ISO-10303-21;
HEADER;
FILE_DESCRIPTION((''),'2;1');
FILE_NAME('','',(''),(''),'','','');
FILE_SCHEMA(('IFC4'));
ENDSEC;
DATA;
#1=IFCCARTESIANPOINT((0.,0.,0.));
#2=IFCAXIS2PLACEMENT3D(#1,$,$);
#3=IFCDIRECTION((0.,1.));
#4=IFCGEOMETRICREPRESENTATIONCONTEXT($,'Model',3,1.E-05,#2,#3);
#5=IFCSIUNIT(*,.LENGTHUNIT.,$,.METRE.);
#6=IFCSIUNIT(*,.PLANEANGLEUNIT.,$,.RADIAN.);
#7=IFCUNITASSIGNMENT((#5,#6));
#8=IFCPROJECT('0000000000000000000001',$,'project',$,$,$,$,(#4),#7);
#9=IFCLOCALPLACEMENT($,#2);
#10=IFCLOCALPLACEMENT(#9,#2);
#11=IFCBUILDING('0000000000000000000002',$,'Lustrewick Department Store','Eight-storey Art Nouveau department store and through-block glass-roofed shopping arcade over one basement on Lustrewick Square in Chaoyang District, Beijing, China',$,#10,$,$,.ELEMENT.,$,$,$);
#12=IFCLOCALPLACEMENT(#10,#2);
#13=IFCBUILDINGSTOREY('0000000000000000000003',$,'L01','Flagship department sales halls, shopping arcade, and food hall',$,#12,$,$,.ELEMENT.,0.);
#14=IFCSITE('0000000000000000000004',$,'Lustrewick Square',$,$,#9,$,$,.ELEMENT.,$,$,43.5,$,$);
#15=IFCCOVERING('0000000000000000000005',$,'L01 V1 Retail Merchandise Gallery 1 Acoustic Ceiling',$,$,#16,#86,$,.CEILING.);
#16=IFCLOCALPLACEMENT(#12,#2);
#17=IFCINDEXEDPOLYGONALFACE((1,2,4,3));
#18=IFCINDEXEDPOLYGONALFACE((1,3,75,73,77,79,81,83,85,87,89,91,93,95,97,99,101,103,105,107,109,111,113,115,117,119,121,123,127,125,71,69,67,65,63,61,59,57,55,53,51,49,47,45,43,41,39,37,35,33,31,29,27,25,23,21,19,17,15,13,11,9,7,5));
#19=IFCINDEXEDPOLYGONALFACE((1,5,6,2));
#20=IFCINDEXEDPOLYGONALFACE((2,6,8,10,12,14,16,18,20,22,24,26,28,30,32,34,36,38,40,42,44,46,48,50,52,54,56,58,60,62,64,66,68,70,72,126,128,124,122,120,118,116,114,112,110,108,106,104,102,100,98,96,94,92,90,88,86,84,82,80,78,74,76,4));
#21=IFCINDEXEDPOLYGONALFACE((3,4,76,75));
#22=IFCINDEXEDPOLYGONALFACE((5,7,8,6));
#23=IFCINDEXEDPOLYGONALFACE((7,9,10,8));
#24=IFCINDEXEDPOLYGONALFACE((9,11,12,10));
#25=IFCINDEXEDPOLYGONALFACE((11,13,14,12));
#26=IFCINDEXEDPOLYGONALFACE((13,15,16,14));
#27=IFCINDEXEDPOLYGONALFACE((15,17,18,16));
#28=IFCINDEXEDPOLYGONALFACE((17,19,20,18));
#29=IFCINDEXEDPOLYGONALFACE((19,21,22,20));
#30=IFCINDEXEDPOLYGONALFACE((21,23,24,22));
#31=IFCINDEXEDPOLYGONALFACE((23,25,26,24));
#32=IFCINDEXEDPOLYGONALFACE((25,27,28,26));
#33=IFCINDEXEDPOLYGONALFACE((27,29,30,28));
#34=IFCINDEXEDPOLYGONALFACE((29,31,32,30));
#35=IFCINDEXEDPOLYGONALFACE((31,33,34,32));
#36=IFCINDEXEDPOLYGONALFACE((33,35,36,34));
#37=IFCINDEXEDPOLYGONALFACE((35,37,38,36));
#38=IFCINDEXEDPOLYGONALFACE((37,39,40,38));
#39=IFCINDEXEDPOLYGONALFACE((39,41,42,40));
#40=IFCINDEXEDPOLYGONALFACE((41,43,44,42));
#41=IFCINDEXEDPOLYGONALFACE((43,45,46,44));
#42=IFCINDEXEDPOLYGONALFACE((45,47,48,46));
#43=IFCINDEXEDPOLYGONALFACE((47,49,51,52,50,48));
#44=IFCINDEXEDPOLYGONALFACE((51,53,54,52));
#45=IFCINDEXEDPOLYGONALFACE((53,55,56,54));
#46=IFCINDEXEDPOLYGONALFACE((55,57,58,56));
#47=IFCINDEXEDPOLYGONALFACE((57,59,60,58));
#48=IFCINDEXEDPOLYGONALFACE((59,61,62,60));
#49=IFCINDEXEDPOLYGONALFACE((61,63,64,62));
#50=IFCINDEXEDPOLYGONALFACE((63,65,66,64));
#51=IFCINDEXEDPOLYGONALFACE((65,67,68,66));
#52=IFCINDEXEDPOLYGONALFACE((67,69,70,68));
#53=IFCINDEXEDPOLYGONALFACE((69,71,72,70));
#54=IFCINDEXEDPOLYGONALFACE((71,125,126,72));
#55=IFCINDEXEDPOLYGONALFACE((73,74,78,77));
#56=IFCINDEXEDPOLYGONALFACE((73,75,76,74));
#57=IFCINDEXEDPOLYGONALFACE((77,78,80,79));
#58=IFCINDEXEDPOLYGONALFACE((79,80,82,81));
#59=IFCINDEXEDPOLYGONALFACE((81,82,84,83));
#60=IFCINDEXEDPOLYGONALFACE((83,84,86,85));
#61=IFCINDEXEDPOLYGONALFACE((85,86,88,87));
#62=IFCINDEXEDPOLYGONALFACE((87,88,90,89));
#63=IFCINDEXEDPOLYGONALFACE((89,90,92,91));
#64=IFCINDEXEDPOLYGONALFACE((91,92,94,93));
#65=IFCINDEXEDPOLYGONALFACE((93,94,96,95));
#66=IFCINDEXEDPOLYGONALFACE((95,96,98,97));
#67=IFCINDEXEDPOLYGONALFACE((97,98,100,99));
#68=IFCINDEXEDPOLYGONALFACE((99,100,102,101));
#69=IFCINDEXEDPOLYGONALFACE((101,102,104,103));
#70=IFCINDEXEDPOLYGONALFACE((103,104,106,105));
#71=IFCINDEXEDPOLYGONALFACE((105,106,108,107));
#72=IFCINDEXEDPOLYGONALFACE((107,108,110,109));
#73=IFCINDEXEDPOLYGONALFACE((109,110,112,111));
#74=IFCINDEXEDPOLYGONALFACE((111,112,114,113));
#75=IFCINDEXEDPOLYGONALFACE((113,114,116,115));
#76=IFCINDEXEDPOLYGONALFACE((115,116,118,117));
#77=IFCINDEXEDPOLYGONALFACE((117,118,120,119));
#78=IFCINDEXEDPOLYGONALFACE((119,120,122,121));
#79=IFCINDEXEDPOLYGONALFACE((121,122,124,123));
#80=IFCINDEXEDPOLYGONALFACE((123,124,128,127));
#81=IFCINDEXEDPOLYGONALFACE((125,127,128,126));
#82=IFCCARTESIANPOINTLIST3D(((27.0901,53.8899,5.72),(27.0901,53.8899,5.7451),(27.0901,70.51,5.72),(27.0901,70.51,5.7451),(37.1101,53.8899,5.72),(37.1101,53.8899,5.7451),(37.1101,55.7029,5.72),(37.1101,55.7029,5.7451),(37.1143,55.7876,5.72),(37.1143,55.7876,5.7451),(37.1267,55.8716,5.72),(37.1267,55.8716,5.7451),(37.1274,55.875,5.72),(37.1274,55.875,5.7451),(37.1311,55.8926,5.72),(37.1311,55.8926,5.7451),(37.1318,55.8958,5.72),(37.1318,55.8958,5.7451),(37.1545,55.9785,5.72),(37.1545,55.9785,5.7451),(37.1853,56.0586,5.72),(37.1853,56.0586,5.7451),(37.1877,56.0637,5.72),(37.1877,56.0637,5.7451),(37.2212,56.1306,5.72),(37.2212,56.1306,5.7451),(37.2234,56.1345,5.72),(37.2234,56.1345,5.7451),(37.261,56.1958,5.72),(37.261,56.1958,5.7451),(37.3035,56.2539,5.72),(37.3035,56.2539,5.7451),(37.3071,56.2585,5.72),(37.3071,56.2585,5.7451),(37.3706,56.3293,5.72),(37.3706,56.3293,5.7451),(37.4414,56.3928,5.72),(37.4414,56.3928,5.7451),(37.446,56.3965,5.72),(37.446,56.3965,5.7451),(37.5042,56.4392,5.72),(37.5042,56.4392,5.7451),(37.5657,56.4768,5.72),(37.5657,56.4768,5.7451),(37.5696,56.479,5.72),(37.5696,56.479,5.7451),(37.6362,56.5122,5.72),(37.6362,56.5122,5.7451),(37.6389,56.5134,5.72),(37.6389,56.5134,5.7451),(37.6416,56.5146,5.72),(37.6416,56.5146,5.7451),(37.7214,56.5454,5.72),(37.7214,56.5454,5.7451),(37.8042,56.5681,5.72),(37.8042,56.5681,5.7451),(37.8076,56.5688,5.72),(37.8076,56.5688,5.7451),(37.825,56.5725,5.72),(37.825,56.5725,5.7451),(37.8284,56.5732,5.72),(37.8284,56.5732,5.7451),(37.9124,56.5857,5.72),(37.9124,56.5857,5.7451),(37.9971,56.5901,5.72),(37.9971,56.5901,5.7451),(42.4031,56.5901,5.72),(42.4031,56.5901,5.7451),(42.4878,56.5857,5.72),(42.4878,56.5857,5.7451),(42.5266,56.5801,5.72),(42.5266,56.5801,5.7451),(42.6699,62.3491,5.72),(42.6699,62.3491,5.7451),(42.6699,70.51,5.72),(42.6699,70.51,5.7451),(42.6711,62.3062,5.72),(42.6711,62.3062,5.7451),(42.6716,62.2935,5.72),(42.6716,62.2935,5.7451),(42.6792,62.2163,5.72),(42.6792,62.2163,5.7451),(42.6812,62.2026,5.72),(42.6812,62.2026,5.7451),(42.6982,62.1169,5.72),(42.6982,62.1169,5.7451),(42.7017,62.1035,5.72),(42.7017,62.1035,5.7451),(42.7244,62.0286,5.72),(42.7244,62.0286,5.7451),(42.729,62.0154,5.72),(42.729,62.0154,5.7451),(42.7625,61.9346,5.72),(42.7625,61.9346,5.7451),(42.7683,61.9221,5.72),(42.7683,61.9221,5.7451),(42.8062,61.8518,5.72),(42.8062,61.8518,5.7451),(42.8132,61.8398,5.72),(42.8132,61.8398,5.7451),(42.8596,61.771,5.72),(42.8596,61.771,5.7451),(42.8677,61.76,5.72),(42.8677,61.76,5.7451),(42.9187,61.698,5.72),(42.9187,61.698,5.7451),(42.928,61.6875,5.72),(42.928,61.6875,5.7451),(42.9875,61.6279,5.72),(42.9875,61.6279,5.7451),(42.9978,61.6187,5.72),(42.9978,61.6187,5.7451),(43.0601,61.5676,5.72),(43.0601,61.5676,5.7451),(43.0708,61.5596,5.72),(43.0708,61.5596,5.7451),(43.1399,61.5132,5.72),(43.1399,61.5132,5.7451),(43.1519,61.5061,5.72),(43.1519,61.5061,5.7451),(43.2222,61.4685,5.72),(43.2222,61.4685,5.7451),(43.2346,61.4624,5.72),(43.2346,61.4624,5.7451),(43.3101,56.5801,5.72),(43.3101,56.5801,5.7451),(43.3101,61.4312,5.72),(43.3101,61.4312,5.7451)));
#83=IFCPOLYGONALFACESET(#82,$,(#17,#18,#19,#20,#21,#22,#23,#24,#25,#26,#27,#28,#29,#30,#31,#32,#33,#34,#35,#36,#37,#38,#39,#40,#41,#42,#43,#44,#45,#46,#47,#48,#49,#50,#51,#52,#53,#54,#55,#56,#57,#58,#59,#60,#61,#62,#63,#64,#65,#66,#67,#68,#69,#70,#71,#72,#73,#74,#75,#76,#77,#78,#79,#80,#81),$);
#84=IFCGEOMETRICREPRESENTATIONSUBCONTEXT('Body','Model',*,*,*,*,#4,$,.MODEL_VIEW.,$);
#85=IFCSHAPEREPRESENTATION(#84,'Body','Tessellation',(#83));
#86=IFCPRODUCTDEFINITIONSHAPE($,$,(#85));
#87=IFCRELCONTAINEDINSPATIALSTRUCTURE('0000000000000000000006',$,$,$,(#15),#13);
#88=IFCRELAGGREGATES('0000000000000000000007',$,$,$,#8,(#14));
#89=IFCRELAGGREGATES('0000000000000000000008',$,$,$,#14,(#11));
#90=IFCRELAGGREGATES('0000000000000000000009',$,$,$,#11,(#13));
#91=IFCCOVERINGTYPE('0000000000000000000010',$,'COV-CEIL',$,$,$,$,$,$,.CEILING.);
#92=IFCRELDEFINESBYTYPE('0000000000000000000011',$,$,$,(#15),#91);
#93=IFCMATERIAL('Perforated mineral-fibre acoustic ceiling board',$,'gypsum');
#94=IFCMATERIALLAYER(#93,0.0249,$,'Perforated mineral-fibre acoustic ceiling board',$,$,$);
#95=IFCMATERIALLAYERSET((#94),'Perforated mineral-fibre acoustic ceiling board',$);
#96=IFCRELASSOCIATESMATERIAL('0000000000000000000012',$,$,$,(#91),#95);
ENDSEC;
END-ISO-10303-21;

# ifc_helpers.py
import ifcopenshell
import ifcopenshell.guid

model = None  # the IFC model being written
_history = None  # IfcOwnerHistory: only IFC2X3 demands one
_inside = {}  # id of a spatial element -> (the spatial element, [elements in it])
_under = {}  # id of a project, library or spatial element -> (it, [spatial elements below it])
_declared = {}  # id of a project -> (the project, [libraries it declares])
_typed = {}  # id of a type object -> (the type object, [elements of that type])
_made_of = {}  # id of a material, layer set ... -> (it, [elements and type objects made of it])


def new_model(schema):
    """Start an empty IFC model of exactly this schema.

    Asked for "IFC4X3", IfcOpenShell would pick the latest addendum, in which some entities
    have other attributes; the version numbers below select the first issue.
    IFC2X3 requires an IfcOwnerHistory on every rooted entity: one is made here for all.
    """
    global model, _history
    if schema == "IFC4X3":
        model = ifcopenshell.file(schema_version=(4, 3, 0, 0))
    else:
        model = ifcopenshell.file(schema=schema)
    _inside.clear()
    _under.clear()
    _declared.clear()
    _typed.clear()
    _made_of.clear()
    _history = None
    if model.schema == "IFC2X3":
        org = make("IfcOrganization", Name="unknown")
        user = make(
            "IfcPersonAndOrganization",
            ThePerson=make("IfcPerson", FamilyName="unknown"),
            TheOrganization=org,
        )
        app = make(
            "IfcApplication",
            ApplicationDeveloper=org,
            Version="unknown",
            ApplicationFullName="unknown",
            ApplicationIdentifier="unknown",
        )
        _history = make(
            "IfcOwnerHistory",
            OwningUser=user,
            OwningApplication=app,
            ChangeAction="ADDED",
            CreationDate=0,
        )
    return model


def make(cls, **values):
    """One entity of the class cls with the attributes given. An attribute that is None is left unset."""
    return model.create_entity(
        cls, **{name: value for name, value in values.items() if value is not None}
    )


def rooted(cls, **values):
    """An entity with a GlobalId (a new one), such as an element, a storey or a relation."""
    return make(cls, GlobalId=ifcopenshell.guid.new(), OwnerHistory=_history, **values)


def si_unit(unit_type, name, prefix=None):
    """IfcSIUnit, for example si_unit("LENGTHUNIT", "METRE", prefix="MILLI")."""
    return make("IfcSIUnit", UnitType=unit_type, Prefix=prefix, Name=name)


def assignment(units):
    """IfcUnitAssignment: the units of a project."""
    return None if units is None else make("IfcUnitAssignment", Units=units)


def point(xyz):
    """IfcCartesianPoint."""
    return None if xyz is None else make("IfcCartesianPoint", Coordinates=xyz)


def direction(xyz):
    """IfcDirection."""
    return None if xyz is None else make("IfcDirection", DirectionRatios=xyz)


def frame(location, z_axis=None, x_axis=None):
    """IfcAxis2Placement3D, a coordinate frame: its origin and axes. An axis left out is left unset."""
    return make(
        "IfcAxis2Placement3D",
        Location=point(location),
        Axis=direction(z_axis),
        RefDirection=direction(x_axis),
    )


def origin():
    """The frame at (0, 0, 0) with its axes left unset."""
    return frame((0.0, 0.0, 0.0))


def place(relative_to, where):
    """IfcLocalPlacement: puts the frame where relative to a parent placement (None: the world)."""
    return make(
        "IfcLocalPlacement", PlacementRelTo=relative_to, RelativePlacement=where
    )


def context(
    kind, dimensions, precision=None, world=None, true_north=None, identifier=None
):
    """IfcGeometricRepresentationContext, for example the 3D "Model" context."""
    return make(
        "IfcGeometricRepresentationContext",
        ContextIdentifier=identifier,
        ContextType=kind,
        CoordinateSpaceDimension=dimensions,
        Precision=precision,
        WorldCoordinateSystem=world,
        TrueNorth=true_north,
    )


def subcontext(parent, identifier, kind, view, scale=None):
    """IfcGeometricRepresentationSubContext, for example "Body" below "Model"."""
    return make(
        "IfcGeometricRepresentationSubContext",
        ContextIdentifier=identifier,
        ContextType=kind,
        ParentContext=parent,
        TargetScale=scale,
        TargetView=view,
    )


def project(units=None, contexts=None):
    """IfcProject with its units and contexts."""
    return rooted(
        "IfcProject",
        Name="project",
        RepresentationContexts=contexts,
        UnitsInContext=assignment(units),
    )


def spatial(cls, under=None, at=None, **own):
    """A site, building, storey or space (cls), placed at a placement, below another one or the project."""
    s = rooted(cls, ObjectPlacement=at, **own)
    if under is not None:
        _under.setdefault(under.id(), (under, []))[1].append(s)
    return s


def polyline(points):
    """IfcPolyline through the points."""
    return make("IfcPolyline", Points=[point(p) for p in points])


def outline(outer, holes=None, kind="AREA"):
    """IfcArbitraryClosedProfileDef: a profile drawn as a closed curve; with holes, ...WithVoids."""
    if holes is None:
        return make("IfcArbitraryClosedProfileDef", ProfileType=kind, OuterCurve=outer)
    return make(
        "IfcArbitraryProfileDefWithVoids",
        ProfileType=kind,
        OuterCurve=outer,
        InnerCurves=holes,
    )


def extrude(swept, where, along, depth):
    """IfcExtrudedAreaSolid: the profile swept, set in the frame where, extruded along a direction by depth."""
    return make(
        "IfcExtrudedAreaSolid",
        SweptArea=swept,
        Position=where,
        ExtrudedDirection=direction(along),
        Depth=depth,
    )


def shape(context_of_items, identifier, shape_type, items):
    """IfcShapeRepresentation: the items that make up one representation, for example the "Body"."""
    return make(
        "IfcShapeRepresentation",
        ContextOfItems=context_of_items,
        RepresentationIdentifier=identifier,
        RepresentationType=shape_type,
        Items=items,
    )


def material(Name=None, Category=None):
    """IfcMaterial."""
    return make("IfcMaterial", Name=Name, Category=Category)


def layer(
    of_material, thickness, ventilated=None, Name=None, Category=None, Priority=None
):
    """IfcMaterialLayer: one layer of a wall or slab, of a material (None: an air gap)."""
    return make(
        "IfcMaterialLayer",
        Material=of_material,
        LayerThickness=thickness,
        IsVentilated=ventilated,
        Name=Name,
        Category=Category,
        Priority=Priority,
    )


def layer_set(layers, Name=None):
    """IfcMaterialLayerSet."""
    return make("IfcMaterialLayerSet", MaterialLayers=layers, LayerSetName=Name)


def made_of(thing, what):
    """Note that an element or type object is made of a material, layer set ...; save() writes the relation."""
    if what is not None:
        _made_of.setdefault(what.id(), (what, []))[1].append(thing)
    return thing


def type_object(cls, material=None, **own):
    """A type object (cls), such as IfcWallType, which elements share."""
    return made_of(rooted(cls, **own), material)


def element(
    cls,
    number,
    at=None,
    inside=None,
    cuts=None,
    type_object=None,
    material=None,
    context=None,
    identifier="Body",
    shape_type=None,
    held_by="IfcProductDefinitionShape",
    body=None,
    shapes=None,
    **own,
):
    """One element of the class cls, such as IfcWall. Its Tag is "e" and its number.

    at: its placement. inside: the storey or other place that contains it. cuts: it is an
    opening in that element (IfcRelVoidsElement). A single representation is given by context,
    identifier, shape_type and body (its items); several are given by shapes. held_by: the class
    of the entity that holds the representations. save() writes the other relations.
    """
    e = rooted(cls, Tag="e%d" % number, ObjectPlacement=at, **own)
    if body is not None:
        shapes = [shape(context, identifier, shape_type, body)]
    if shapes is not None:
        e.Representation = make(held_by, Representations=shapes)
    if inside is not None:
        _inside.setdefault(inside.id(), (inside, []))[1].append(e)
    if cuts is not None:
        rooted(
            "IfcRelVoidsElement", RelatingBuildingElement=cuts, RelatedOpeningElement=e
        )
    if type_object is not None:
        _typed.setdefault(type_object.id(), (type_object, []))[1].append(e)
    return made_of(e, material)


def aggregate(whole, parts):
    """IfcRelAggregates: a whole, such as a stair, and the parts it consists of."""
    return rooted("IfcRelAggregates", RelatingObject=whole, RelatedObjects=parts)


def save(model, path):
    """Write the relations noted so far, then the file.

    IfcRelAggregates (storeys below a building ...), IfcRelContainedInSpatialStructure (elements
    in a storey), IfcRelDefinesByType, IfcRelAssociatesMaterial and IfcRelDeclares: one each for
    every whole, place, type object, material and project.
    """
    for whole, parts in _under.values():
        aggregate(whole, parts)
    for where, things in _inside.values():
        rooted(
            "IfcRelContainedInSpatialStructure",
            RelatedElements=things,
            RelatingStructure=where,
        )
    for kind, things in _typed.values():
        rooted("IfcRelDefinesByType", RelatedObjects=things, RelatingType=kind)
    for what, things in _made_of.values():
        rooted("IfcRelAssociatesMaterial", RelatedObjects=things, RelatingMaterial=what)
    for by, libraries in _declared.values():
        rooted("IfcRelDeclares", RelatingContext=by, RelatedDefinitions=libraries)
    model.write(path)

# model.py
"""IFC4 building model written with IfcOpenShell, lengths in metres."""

from ifc_helpers import new_model, si_unit, direction, frame, origin, place, context, subcontext, project, spatial, polyline, outline, extrude, material, layer, layer_set, type_object, element, save


model = new_model("IFC4")

# Units and contexts
model_context = context("Model", 3, precision=1e-05, world=origin(), true_north=direction((0.0, 1.0)))
body_context = subcontext(model_context, "Body", "Model", "MODEL_VIEW")
ifc_project = project(units=[si_unit("LENGTHUNIT", "METRE"), si_unit("PLANEANGLEUNIT", "RADIAN")], contexts=[model_context])

# Site, building, storey
site_placement = place(None, origin())
site = spatial("IfcSite", under=ifc_project, at=site_placement, Name="Lustrewick Square", CompositionType="ELEMENT", RefElevation=43.5)
building_placement = place(site_placement, origin())
building = spatial("IfcBuilding", under=site, at=building_placement, Name="Lustrewick Department Store", Description="Eight-storey Art Nouveau department store and through-block glass-roofed shopping arcade over one basement on Lustrewick Square in Chaoyang District, Beijing, China", CompositionType="ELEMENT")
storey_placement = place(building_placement, origin())
storey = spatial("IfcBuildingStorey", under=building, at=storey_placement, Name="L01", Description="Flagship department sales halls, shopping arcade, and food hall", CompositionType="ELEMENT", Elevation=0.0)

# Covering
ifc_material_1 = material(Name="Perforated mineral-fibre acoustic ceiling board", Category="gypsum")
ifc_layer_1 = layer(ifc_material_1, 0.0249, Name="Perforated mineral-fibre acoustic ceiling board")
ifc_layer_set_1 = layer_set([ifc_layer_1], Name="Perforated mineral-fibre acoustic ceiling board")
covering_type_1 = type_object("IfcCoveringType", Name="COV-CEIL", PredefinedType="CEILING", material=ifc_layer_set_1)
covering_1_placement = place(storey_placement, frame((0.0, 0.0, 5.72)))
element("IfcCovering", 1, at=covering_1_placement, inside=storey, type_object=covering_type_1, Name="L01 V1 Retail Merchandise Gallery 1 Acoustic Ceiling", PredefinedType="CEILING", context=body_context, shape_type="SweptSolid", body=[
    extrude(outline(polyline([(43.3101, 61.4312), (43.2346, 61.4624), (43.2222, 61.4685), (43.1519, 61.5061), (43.1399, 61.5132), (43.0708, 61.5596), (43.0601, 61.5676), (42.9978, 61.6187), (42.9875, 61.6279), (42.928, 61.6875), (42.9187, 61.698), (42.8677, 61.76), (42.8596, 61.771), (42.8132, 61.8398), (42.8062, 61.8518), (42.7683, 61.9221), (42.7625, 61.9346), (42.729, 62.0154), (42.7244, 62.0286), (42.7017, 62.1035), (42.6982, 62.1169), (42.6812, 62.2026), (42.6792, 62.2163), (42.6716, 62.2935), (42.6711, 62.3062), (42.6699, 62.3491), (42.6699, 70.51), (27.0901, 70.51), (27.0901, 53.8899), (37.1101, 53.8899), (37.1101, 55.7029), (37.1143, 55.7876), (37.1267, 55.8716), (37.1274, 55.875), (37.1311, 55.8926), (37.1318, 55.8958), (37.1545, 55.9785), (37.1853, 56.0586), (37.1877, 56.0637), (37.2212, 56.1306), (37.2234, 56.1345), (37.261, 56.1958), (37.3035, 56.2539), (37.3071, 56.2585), (37.3706, 56.3293), (37.4414, 56.3928), (37.446, 56.3965), (37.5042, 56.4392), (37.5657, 56.4768), (37.5696, 56.479), (37.6362, 56.5122), (37.6389, 56.5134), (37.6416, 56.5146), (37.7214, 56.5454), (37.8042, 56.5681), (37.8076, 56.5688), (37.825, 56.5725), (37.8284, 56.5732), (37.9124, 56.5857), (37.9971, 56.5901), (42.4031, 56.5901), (42.4878, 56.5857), (42.5266, 56.5801), (43.3101, 56.5801), (43.3101, 61.4312)])), origin(), (0.0, 0.0, 1.0), 0.0251),
])

save(model, "model.ifc")
